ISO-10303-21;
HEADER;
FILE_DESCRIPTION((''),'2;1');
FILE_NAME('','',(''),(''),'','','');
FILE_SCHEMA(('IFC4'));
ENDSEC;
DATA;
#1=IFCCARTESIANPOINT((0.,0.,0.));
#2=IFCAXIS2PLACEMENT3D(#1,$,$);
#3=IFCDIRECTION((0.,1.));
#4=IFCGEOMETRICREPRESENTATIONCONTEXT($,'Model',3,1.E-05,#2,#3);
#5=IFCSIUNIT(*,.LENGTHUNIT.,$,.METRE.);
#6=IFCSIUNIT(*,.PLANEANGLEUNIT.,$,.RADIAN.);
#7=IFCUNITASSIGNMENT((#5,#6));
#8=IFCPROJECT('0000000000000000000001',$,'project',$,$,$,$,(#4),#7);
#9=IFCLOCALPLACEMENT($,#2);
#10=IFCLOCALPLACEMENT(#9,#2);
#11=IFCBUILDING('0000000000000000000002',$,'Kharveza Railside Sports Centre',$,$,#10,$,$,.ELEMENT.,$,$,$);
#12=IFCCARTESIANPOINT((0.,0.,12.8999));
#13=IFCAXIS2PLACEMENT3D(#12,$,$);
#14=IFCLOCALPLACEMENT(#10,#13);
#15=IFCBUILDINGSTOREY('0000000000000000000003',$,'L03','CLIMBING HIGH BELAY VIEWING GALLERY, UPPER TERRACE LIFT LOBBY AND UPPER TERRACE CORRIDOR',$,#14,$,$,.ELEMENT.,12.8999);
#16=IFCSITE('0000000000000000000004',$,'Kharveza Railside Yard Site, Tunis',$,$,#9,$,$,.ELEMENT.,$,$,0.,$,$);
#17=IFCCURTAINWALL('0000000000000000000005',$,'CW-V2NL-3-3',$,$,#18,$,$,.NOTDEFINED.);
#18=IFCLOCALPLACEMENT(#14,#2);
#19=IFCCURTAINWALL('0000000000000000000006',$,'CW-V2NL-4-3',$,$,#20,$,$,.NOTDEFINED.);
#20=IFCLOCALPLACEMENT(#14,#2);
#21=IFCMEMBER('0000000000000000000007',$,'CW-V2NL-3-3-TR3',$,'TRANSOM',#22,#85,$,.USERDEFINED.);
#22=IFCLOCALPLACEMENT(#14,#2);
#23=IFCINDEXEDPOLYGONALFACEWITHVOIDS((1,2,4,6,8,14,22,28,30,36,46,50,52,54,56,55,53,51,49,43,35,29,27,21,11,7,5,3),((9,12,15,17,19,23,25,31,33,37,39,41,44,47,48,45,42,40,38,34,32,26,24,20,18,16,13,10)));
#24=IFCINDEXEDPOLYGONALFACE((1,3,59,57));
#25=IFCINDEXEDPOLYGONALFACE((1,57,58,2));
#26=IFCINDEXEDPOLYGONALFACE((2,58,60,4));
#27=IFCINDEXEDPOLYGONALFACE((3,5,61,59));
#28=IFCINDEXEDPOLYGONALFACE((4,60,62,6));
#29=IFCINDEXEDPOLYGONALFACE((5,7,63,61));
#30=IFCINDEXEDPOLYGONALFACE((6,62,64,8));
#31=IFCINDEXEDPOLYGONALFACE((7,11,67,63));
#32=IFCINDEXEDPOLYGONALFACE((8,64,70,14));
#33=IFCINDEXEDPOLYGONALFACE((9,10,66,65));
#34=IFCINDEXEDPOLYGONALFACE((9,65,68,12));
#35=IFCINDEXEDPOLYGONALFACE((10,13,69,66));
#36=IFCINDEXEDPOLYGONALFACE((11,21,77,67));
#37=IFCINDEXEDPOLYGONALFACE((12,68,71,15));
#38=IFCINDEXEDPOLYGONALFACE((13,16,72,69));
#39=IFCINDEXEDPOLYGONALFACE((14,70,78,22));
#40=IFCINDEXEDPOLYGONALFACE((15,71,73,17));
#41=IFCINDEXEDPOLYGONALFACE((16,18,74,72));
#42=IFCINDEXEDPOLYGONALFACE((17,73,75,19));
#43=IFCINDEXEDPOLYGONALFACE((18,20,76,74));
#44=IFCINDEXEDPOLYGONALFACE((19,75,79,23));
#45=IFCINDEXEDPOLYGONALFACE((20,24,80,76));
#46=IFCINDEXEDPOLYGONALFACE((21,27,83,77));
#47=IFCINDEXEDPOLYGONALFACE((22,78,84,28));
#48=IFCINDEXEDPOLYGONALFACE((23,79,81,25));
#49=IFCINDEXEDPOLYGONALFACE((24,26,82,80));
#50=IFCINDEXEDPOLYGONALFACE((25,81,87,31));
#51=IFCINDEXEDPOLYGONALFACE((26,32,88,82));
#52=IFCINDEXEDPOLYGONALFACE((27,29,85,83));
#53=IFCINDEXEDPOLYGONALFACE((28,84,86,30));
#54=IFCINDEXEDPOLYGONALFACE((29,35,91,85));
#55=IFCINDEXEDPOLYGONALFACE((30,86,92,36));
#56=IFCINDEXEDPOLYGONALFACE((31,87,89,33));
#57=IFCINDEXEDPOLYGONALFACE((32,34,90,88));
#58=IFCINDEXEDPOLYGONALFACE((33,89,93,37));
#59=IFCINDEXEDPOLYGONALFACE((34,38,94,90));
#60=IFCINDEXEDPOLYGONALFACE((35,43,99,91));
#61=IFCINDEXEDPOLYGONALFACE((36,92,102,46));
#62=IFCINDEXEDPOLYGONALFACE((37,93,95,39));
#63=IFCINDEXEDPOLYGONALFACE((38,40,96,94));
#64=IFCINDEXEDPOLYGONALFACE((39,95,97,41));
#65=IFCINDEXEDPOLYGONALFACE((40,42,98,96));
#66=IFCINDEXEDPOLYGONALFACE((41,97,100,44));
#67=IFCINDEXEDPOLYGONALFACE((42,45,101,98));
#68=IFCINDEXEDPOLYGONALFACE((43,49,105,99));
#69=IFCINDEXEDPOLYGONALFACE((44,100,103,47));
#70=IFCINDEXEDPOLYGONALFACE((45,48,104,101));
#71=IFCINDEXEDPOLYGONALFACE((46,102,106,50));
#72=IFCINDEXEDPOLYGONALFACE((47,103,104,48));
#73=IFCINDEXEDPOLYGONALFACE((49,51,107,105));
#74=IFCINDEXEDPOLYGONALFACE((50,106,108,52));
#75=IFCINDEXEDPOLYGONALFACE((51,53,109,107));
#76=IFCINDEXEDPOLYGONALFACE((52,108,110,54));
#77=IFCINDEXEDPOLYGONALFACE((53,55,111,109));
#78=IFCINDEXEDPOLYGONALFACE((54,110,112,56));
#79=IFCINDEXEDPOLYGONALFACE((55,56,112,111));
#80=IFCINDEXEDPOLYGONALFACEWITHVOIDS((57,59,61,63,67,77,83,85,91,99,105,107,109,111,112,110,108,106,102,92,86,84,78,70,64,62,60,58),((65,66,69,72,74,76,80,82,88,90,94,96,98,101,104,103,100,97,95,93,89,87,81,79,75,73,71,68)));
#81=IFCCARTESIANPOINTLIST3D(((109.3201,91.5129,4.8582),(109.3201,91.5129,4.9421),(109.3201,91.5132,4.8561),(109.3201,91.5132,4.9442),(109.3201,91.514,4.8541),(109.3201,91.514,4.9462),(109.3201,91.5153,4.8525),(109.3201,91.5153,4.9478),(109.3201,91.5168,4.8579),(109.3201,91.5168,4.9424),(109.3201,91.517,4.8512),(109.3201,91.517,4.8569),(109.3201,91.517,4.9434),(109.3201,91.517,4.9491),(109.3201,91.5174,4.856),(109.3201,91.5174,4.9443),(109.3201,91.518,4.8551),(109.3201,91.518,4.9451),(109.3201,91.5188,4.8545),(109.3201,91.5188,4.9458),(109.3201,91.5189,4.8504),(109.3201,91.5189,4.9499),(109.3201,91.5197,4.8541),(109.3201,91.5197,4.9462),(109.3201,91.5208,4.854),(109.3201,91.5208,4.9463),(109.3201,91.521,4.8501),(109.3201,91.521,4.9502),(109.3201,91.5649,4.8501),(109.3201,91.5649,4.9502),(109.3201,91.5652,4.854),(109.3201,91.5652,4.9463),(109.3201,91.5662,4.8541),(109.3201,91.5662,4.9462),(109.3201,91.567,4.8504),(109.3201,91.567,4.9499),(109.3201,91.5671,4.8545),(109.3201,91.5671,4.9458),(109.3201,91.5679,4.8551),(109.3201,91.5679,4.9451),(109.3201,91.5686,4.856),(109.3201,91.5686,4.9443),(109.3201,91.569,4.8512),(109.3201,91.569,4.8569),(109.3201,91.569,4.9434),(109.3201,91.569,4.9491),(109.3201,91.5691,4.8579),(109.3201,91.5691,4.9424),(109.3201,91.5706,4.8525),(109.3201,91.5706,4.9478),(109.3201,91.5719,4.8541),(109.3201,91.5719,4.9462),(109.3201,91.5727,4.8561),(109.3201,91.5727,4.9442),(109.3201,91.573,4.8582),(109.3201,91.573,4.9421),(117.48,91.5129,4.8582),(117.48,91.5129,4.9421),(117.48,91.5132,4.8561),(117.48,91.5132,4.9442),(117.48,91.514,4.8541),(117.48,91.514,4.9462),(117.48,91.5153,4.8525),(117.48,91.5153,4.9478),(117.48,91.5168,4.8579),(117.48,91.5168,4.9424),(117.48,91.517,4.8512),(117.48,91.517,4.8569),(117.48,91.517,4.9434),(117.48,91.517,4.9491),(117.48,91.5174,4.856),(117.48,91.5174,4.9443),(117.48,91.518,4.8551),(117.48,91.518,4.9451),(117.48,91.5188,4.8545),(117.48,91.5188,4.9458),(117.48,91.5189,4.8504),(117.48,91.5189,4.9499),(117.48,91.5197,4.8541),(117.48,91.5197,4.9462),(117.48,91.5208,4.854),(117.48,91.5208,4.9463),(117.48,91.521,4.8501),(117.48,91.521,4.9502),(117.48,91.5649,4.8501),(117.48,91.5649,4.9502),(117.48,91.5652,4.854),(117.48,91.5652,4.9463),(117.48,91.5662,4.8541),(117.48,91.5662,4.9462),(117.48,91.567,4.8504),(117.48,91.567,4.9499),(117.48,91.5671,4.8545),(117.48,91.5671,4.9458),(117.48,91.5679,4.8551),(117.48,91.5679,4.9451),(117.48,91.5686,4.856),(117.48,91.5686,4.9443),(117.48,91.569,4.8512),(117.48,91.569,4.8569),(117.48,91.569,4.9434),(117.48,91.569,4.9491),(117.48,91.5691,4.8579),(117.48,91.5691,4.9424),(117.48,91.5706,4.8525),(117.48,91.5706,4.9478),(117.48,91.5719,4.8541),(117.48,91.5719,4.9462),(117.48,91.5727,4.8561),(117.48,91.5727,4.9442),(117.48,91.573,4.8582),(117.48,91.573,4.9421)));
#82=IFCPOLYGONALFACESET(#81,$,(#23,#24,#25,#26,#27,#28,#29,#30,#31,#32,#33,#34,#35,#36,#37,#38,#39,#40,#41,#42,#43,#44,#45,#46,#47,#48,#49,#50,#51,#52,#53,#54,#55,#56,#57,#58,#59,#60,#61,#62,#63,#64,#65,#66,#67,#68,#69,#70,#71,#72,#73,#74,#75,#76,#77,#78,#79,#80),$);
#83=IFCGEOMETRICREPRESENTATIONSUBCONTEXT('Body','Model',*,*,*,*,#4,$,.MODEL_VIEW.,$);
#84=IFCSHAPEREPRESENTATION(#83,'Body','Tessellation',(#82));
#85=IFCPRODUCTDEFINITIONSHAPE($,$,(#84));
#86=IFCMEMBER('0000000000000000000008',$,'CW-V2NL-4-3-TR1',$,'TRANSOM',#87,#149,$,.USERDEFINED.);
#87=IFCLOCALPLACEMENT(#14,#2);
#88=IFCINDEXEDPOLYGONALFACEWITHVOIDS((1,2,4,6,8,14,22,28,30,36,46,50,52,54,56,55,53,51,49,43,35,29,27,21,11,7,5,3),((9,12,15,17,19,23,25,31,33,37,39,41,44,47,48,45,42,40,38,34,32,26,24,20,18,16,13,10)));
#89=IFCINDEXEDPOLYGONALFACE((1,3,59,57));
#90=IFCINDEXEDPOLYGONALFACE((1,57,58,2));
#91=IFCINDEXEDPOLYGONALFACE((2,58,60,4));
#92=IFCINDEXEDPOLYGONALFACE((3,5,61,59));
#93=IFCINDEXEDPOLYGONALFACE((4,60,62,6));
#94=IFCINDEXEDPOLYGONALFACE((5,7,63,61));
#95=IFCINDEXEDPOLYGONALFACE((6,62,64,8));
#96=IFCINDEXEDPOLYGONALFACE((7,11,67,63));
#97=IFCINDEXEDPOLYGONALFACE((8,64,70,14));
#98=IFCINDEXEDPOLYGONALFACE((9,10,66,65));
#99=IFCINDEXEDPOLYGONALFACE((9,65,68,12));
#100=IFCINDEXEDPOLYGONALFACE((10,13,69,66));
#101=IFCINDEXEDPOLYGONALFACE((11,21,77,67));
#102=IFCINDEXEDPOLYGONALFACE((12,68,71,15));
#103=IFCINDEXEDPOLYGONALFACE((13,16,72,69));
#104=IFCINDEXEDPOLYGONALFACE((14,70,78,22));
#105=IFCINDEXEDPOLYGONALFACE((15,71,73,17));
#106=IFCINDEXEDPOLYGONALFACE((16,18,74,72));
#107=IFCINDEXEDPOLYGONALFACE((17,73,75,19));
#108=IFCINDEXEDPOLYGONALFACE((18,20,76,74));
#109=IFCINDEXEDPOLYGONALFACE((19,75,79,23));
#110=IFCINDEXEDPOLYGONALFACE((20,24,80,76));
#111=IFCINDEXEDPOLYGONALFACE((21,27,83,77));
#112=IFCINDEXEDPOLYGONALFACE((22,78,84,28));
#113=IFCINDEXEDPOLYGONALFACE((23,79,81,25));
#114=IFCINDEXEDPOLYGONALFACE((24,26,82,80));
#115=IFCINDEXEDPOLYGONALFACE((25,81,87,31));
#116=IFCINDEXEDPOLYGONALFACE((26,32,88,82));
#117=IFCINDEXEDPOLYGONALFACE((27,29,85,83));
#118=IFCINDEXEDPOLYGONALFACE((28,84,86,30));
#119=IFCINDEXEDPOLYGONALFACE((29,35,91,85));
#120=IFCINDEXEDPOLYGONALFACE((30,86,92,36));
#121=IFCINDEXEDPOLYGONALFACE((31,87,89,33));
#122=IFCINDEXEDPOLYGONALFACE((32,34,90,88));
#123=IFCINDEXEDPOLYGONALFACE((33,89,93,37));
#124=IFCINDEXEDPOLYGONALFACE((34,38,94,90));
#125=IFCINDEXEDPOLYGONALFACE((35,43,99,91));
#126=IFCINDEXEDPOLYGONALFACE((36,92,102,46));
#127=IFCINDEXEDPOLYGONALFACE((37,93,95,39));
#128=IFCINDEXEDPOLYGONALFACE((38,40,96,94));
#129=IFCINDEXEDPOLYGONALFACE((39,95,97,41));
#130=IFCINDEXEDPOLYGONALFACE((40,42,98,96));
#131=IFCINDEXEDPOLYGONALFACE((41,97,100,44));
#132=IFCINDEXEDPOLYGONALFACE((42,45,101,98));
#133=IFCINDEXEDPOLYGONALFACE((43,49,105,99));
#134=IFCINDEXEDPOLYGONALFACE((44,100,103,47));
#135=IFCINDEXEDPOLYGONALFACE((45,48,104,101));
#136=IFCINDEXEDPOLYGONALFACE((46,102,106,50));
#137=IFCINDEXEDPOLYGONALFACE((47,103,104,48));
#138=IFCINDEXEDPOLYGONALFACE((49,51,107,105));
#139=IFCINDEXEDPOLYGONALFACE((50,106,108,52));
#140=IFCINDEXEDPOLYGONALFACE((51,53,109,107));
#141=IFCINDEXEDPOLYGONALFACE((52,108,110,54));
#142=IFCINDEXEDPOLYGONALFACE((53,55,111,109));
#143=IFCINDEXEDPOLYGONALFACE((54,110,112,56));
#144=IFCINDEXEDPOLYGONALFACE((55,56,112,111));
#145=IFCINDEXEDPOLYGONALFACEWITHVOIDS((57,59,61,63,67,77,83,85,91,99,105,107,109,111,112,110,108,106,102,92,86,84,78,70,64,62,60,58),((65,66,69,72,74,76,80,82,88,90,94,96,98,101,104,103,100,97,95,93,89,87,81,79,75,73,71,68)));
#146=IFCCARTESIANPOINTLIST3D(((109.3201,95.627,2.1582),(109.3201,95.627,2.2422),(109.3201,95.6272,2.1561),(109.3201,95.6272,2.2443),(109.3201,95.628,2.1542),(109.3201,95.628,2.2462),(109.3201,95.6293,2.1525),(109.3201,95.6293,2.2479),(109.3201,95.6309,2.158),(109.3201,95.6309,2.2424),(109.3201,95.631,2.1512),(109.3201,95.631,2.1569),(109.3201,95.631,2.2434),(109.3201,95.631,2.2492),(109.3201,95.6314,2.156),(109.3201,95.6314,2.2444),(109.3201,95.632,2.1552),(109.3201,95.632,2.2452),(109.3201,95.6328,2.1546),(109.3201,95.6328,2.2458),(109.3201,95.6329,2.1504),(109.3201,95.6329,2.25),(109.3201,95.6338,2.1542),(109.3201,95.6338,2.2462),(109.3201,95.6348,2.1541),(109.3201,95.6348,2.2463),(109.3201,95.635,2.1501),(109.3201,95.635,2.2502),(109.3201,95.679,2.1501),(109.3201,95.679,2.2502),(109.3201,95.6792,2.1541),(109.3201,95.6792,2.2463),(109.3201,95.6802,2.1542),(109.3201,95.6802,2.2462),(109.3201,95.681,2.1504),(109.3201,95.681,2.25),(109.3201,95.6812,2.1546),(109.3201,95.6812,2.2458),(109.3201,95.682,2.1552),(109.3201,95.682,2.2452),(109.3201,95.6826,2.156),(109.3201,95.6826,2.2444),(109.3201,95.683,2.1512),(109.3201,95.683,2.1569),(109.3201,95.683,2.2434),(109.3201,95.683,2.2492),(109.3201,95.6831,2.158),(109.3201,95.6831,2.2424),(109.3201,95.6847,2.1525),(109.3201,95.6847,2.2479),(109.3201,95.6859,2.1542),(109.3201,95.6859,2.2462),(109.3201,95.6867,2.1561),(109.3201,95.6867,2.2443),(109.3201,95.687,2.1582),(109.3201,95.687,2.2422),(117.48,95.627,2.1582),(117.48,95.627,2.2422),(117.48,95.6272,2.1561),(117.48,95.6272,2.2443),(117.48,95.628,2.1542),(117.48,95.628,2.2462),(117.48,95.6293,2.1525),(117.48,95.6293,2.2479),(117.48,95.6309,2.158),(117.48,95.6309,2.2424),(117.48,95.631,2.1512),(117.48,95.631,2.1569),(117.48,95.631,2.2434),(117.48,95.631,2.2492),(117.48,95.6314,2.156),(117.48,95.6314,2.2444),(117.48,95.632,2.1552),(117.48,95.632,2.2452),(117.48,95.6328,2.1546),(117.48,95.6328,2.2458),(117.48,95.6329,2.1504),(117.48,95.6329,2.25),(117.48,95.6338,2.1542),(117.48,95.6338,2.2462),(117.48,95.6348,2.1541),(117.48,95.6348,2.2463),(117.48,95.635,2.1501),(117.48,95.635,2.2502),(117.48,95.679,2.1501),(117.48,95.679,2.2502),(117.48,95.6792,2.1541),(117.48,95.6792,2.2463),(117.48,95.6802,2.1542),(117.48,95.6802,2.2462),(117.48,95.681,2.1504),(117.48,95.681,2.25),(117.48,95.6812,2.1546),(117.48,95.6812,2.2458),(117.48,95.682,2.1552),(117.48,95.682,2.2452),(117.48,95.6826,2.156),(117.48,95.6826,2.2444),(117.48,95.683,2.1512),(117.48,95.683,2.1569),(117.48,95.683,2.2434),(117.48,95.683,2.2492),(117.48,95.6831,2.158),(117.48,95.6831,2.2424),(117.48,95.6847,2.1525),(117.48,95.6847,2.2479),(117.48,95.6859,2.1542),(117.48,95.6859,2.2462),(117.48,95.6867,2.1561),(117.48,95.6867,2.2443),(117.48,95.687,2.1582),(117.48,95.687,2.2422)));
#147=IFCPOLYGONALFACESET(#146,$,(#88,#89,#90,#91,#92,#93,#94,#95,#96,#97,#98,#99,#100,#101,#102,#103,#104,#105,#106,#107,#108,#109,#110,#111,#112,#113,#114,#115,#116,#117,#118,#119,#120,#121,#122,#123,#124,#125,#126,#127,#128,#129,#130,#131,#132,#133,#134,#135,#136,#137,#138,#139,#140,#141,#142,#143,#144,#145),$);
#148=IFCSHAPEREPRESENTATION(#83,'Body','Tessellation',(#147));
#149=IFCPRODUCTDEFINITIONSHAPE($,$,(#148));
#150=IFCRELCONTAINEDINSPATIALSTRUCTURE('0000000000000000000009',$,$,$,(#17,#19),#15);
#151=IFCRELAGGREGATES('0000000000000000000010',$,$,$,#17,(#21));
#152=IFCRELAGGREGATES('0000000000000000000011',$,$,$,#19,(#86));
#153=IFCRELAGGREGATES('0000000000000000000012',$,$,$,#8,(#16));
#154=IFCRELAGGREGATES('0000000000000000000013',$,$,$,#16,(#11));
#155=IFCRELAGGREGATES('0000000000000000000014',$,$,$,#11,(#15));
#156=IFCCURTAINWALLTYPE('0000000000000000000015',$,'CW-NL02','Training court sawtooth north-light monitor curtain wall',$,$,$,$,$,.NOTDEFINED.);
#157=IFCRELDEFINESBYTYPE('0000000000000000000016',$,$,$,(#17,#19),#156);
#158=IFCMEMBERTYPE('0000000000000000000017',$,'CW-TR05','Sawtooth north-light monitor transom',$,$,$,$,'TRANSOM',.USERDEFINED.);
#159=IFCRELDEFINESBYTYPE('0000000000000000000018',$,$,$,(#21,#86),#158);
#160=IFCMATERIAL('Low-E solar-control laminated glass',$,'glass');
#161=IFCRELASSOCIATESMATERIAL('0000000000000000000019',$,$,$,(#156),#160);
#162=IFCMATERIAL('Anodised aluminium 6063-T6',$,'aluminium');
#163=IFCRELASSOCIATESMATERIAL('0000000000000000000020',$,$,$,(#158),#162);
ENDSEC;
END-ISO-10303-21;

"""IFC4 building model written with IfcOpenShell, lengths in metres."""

from ifc_helpers import new_model, si_unit, direction, frame, origin, origin_2d, place, context, subcontext, project, spatial, hollow_rectangle, extrude, material, material_profile, profile_set, type_object, element, aggregate, save


model = new_model("IFC4")

# Units and contexts
model_context = context("Model", 3, precision=1e-05, world=origin(), true_north=direction((0.0, 1.0)))
body_context = subcontext(model_context, "Body", "Model", "MODEL_VIEW")
ifc_project = project(units=[si_unit("LENGTHUNIT", "METRE"), si_unit("PLANEANGLEUNIT", "RADIAN")], contexts=[model_context])

# Site, building, storey
site_placement = place(None, origin())
site = spatial("IfcSite", under=ifc_project, at=site_placement, Name="Kharveza Railside Yard Site, Tunis", CompositionType="ELEMENT", RefElevation=0.0)
building_placement = place(site_placement, origin())
building = spatial("IfcBuilding", under=site, at=building_placement, Name="Kharveza Railside Sports Centre", CompositionType="ELEMENT")
storey_placement = place(building_placement, frame((0.0, 0.0, 12.8999)))
storey = spatial("IfcBuildingStorey", under=building, at=storey_placement, Name="L03", Description="CLIMBING HIGH BELAY VIEWING GALLERY, UPPER TERRACE LIFT LOBBY AND UPPER TERRACE CORRIDOR", CompositionType="ELEMENT", Elevation=12.8999)

# Curtain walls
ifc_material_1 = material(Name="Low-E solar-control laminated glass", Category="glass")
curtain_wall_type = type_object("IfcCurtainWallType", Name="CW-NL02", Description="Training court sawtooth north-light monitor curtain wall", PredefinedType="NOTDEFINED", material=ifc_material_1)
curtain_wall_1_placement = place(storey_placement, origin())
curtain_wall_1 = element("IfcCurtainWall", 1, at=curtain_wall_1_placement, inside=storey, type_object=curtain_wall_type, Name="CW-V2NL-3-3", PredefinedType="NOTDEFINED")
ifc_material_2 = material(Name="Anodised aluminium 6063-T6", Category="aluminium")
curtain_wall_2_placement = place(storey_placement, origin())
curtain_wall_2 = element("IfcCurtainWall", 2, at=curtain_wall_2_placement, inside=storey, type_object=curtain_wall_type, Name="CW-V2NL-4-3", PredefinedType="NOTDEFINED")

# Members
ifc_material_profile_1 = material_profile(ifc_material_2, hollow_rectangle(XDim=0.0601, YDim=0.1001, WallThickness=0.0039, InnerFilletRadius=0.0039, OuterFilletRadius=0.0081, at=origin_2d()), Name="RHS 60x100x4.0")
ifc_profile_set_1 = profile_set([ifc_material_profile_1], Name="Anodised aluminium 6063-T6")
member_type_1 = type_object("IfcMemberType", Name="CW-TR05", Description="Sawtooth north-light monitor transom", ElementType="TRANSOM", PredefinedType="USERDEFINED", material=ifc_profile_set_1)
member_1_placement = place(storey_placement, frame((109.3201, 91.543, 4.9001), z_axis=(1.0, 0.0, 0.0), x_axis=(0.0, 1.0, 0.0)))
member_1 = element("IfcMember", 3, at=member_1_placement, type_object=member_type_1, Name="CW-V2NL-3-3-TR3", ObjectType="TRANSOM", PredefinedType="USERDEFINED", context=body_context, shape_type="SweptSolid", body=[
    extrude(hollow_rectangle(XDim=0.0601, YDim=0.1001, WallThickness=0.0039, InnerFilletRadius=0.0039, OuterFilletRadius=0.0081, at=origin_2d()), origin(), (0.0, 0.0, 1.0), 8.1599),
])
member_2_placement = place(storey_placement, frame((109.3201, 95.657, 2.2002), z_axis=(1.0, 0.0, 0.0), x_axis=(0.0, 1.0, 0.0)))
member_2 = element("IfcMember", 4, at=member_2_placement, type_object=member_type_1, Name="CW-V2NL-4-3-TR1", ObjectType="TRANSOM", PredefinedType="USERDEFINED", context=body_context, shape_type="SweptSolid", body=[
    extrude(hollow_rectangle(XDim=0.0601, YDim=0.1001, WallThickness=0.0039, InnerFilletRadius=0.0039, OuterFilletRadius=0.0081, at=origin_2d()), origin(), (0.0, 0.0, 1.0), 8.1599),
])

aggregate(curtain_wall_1, [member_1])
aggregate(curtain_wall_2, [member_2])

save(model, "model.ifc")
